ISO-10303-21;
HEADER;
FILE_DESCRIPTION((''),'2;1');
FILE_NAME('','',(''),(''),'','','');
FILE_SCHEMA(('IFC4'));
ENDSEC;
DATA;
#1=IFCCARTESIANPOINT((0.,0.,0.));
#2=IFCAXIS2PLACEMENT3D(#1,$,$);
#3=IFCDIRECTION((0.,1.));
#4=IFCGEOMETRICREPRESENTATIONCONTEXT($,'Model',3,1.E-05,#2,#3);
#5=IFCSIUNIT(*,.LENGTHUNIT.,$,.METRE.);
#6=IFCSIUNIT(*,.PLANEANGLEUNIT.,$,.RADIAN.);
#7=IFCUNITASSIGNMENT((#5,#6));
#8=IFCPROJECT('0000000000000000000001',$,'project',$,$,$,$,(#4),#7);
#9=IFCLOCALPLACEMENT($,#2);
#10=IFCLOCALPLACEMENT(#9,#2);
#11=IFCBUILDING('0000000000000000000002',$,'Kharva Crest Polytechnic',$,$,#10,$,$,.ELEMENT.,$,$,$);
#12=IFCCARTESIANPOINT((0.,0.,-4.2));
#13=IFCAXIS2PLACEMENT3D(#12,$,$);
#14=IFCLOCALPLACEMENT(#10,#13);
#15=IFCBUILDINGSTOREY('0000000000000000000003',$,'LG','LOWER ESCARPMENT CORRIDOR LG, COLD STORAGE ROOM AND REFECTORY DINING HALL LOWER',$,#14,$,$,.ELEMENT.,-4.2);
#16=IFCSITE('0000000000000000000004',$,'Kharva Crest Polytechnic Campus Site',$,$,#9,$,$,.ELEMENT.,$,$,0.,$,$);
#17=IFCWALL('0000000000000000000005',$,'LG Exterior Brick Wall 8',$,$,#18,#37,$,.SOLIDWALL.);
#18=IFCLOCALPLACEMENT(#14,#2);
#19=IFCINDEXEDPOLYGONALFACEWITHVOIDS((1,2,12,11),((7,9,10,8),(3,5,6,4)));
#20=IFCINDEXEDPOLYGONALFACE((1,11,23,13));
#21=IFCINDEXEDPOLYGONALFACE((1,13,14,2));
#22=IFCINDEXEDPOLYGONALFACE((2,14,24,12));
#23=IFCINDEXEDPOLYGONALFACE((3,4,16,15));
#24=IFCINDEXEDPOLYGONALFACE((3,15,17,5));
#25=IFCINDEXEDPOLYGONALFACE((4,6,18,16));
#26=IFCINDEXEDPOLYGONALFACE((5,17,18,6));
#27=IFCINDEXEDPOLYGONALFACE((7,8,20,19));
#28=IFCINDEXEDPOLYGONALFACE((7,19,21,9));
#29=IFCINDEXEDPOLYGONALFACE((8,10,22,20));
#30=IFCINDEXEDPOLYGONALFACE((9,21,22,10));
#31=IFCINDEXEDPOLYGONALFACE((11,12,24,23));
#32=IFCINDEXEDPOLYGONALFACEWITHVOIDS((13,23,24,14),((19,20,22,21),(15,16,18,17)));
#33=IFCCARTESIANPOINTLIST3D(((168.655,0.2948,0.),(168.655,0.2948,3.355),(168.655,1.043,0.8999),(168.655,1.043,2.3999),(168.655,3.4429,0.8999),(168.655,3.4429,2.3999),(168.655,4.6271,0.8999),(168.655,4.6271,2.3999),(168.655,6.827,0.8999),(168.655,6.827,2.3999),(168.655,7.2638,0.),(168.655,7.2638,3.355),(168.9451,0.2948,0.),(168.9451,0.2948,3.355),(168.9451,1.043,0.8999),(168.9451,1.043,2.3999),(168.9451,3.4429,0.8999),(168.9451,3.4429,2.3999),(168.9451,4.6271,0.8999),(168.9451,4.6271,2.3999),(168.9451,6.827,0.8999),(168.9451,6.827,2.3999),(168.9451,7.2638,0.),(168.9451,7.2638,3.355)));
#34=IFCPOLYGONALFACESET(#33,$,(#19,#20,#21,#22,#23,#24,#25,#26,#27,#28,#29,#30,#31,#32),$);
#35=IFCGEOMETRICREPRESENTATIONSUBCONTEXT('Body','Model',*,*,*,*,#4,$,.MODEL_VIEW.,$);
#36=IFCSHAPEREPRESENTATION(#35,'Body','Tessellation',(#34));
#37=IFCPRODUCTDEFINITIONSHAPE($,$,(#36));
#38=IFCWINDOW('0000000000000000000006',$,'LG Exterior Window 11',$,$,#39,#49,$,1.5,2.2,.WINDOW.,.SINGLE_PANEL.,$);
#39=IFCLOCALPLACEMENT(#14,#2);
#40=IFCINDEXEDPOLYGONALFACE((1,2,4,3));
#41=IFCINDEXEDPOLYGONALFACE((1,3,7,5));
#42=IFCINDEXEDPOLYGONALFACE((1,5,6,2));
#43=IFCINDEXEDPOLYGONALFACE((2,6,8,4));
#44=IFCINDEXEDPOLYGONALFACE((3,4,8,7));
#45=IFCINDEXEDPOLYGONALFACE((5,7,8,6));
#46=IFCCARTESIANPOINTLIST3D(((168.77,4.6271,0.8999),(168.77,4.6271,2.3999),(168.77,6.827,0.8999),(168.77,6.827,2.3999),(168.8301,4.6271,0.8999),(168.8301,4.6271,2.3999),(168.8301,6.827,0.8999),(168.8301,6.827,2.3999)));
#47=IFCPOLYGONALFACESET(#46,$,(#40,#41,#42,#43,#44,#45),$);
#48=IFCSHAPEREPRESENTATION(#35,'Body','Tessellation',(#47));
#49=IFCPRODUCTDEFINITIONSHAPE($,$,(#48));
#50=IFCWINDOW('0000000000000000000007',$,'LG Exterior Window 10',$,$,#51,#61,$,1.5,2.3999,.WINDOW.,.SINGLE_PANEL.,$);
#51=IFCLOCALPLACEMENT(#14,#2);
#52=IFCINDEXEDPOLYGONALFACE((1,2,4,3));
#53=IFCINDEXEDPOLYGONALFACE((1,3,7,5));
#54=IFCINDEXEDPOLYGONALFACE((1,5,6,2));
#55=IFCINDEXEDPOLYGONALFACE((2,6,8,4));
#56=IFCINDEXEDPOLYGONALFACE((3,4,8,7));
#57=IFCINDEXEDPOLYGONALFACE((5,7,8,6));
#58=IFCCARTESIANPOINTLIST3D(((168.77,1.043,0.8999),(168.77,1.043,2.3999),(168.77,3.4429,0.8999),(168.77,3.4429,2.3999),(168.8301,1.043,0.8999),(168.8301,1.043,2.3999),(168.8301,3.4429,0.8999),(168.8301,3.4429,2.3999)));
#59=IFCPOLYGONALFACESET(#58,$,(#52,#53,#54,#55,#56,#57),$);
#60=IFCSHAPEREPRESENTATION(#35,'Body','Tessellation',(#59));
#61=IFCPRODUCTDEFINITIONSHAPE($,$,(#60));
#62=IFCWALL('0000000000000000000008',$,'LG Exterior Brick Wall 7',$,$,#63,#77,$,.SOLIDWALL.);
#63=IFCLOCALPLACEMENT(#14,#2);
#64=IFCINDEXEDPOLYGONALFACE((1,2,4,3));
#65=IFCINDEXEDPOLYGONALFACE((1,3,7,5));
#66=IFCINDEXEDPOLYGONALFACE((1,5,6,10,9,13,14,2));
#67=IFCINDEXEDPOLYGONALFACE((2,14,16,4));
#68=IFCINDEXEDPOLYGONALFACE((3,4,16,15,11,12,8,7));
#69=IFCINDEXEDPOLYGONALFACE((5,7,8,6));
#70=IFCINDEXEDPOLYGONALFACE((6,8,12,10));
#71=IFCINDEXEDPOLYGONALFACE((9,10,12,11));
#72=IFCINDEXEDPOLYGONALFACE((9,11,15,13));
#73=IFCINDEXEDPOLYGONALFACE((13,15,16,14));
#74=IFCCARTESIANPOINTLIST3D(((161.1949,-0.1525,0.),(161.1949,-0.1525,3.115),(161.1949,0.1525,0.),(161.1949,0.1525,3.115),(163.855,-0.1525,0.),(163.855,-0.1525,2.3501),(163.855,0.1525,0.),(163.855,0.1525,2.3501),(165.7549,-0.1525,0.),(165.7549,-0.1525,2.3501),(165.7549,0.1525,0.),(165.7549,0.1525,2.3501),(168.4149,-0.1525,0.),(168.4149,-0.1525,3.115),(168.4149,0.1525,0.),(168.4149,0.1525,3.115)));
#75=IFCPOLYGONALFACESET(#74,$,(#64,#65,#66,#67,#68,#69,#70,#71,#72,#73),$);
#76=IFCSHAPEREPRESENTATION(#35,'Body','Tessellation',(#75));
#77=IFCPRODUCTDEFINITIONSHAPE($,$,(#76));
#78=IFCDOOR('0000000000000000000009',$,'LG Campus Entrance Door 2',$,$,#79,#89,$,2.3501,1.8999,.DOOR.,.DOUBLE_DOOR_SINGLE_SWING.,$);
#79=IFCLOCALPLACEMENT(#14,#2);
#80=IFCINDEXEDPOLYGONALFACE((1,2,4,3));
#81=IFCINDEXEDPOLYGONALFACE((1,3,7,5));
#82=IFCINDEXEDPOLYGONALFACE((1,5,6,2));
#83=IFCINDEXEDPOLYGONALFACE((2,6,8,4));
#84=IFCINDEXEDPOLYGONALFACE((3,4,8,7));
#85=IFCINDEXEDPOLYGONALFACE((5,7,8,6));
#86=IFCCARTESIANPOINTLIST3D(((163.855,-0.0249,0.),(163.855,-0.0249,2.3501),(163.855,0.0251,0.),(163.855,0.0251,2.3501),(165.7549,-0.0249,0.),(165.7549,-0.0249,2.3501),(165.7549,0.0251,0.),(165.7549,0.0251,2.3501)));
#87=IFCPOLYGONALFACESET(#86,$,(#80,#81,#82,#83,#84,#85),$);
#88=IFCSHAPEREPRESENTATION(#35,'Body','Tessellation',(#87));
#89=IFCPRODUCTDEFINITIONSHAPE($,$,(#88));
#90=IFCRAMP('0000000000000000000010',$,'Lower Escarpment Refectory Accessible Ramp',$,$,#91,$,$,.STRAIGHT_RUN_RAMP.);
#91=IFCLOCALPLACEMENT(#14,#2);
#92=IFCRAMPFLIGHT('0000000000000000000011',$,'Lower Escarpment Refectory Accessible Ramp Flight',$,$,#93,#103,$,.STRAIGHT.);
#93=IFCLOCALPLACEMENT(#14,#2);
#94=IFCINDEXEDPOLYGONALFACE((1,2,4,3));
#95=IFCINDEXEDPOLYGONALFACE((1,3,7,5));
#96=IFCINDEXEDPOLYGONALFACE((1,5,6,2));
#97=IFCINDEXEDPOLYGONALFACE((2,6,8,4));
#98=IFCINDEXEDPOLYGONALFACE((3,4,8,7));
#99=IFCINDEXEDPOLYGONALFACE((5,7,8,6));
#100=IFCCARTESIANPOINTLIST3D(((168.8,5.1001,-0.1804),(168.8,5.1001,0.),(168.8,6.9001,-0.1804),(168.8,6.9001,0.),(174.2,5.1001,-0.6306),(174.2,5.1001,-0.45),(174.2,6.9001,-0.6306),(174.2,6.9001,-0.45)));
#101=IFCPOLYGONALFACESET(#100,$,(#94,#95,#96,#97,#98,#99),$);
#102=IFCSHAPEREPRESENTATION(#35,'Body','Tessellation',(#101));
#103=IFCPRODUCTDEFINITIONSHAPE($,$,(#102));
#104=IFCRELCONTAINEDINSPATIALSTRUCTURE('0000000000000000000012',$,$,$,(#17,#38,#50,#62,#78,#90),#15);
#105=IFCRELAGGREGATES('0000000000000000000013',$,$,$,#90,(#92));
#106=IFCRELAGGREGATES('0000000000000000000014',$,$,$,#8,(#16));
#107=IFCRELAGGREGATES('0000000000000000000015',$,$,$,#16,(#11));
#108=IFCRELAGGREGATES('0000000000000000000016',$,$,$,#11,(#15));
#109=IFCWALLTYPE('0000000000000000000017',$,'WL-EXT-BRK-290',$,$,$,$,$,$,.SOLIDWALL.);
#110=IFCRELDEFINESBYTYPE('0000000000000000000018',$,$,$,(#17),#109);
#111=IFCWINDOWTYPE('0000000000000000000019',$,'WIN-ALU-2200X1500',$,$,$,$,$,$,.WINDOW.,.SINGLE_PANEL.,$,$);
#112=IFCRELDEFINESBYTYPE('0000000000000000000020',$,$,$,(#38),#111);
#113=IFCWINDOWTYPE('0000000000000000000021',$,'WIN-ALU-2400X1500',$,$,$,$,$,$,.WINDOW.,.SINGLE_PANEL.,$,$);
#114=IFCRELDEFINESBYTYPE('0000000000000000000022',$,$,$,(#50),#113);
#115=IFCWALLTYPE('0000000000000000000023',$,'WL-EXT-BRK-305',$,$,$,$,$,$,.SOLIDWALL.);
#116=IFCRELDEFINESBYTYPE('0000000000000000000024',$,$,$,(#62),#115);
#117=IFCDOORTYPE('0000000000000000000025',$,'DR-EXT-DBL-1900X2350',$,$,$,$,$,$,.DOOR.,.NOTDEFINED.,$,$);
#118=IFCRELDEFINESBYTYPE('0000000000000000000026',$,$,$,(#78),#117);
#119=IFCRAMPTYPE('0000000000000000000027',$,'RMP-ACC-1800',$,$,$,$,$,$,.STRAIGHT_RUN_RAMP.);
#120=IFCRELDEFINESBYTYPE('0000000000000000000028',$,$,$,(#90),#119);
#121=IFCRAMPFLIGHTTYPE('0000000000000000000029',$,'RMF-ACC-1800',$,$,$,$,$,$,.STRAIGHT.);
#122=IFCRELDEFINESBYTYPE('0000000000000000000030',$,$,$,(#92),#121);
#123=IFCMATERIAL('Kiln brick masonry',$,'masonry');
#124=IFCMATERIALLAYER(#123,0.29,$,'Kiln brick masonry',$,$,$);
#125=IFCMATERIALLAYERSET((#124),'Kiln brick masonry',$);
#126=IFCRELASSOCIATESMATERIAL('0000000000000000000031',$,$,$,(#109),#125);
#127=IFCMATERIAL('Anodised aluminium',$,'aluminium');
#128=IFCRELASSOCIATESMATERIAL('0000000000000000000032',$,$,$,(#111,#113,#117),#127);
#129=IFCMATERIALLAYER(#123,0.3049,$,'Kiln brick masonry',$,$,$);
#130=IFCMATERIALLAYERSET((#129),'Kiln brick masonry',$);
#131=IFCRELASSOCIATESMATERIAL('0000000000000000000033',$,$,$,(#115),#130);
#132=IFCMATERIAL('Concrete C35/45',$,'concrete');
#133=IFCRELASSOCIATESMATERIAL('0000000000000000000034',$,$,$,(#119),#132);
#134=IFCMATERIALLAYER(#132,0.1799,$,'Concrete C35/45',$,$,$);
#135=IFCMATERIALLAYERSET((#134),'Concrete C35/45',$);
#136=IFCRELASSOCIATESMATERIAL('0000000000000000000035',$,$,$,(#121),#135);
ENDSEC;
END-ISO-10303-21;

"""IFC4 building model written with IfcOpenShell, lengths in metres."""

from ifc_helpers import new_model, si_unit, direction, frame, frame_2d, origin, place, context, subcontext, project, spatial, polyline, rectangle, outline, extrude, material, layer, layer_set, type_object, element, fill, aggregate, save


model = new_model("IFC4")

# Units and contexts
model_context = context("Model", 3, precision=1e-05, world=origin(), true_north=direction((0.0, 1.0)))
body_context = subcontext(model_context, "Body", "Model", "MODEL_VIEW")
ifc_project = project(units=[si_unit("LENGTHUNIT", "METRE"), si_unit("PLANEANGLEUNIT", "RADIAN")], contexts=[model_context])

# Site, building, storey
site_placement = place(None, origin())
site = spatial("IfcSite", under=ifc_project, at=site_placement, Name="Kharva Crest Polytechnic Campus Site", CompositionType="ELEMENT", RefElevation=0.0)
building_placement = place(site_placement, origin())
building = spatial("IfcBuilding", under=site, at=building_placement, Name="Kharva Crest Polytechnic", CompositionType="ELEMENT")
storey_placement = place(building_placement, frame((0.0, 0.0, -4.2)))
storey = spatial("IfcBuildingStorey", under=building, at=storey_placement, Name="LG", Description="LOWER ESCARPMENT CORRIDOR LG, COLD STORAGE ROOM AND REFECTORY DINING HALL LOWER", CompositionType="ELEMENT", Elevation=-4.2)

# Shared definitions
ifc_material_1 = material(Name="Concrete C35/45", Category="concrete")

# Wall, openings, windows
ifc_material_2 = material(Name="Kiln brick masonry", Category="masonry")
ifc_material_3 = material(Name="Anodised aluminium", Category="aluminium")
ifc_layer_1 = layer(ifc_material_2, 0.29, Name="Kiln brick masonry")
ifc_layer_set_1 = layer_set([ifc_layer_1], Name="Kiln brick masonry")
wall_type_1 = type_object("IfcWallType", Name="WL-EXT-BRK-290", PredefinedType="SOLIDWALL", material=ifc_layer_set_1)
wall_1_placement = place(storey_placement, frame((168.8, 0.2949, 0.0), z_axis=(0.0, 0.0, 1.0), x_axis=(0.0, 1.0, 0.0)))
wall_1 = element("IfcWall", 1, at=wall_1_placement, inside=storey, type_object=wall_type_1, Name="LG Exterior Brick Wall 8", PredefinedType="SOLIDWALL", context=body_context, shape_type="SweptSolid", body=[
    extrude(rectangle(XDim=6.969, YDim=0.29, at=frame_2d((3.4844, 0.0))), origin(), (0.0, 0.0, 1.0), 3.355),
])
opening_1_placement = place(wall_1_placement, frame((0.748, 0.0, 0.8999)))
opening_1 = element("IfcOpeningElement", 2, at=opening_1_placement, cuts=wall_1, PredefinedType="OPENING", context=body_context, shape_type="SweptSolid", body=[
    extrude(rectangle(XDim=2.3999, YDim=1.5, at=frame_2d((1.2, 0.75))), frame((0.0, 0.155, 0.0), z_axis=(0.0, -1.0, 0.0), x_axis=(1.0, 0.0, 0.0)), (0.0, 0.0, 1.0), 0.3101),
])
opening_2_placement = place(wall_1_placement, frame((4.332, 0.0, 0.8999)))
opening_2 = element("IfcOpeningElement", 3, at=opening_2_placement, cuts=wall_1, PredefinedType="OPENING", context=body_context, shape_type="SweptSolid", body=[
    extrude(rectangle(XDim=2.2, YDim=1.5, at=frame_2d((1.1001, 0.75))), frame((0.0, 0.155, 0.0), z_axis=(0.0, -1.0, 0.0), x_axis=(1.0, 0.0, 0.0)), (0.0, 0.0, 1.0), 0.3101),
])
window_type_1 = type_object("IfcWindowType", Name="WIN-ALU-2200X1500", PartitioningType="SINGLE_PANEL", PredefinedType="WINDOW", material=ifc_material_3)
window_1_placement = place(opening_2_placement, origin())
window_1 = element("IfcWindow", 4, at=window_1_placement, inside=storey, type_object=window_type_1, Name="LG Exterior Window 11", OverallHeight=1.5, OverallWidth=2.2, PartitioningType="SINGLE_PANEL", PredefinedType="WINDOW", context=body_context, shape_type="SweptSolid", body=[
    extrude(rectangle(XDim=2.2, YDim=1.5, at=frame_2d((1.1001, 0.75))), frame((0.0, 0.03, 0.0), z_axis=(0.0, -1.0, 0.0), x_axis=(1.0, 0.0, 0.0)), (0.0, 0.0, 1.0), 0.0601),
])
fill(opening_2, window_1)
window_type_2 = type_object("IfcWindowType", Name="WIN-ALU-2400X1500", PartitioningType="SINGLE_PANEL", PredefinedType="WINDOW", material=ifc_material_3)
window_2_placement = place(opening_1_placement, origin())
window_2 = element("IfcWindow", 5, at=window_2_placement, inside=storey, type_object=window_type_2, Name="LG Exterior Window 10", OverallHeight=1.5, OverallWidth=2.3999, PartitioningType="SINGLE_PANEL", PredefinedType="WINDOW", context=body_context, shape_type="SweptSolid", body=[
    extrude(rectangle(XDim=2.3999, YDim=1.5, at=frame_2d((1.2, 0.75))), frame((0.0, 0.03, 0.0), z_axis=(0.0, -1.0, 0.0), x_axis=(1.0, 0.0, 0.0)), (0.0, 0.0, 1.0), 0.0601),
])
fill(opening_1, window_2)

# Wall, opening, door
ifc_layer_2 = layer(ifc_material_2, 0.3049, Name="Kiln brick masonry")
ifc_layer_set_2 = layer_set([ifc_layer_2], Name="Kiln brick masonry")
wall_type_2 = type_object("IfcWallType", Name="WL-EXT-BRK-305", PredefinedType="SOLIDWALL", material=ifc_layer_set_2)
wall_2_placement = place(storey_placement, frame((161.1951, 0.0, 0.0), z_axis=(0.0, 0.0, 1.0), x_axis=(1.0, 0.0, 0.0)))
wall_2 = element("IfcWall", 6, at=wall_2_placement, inside=storey, type_object=wall_type_2, Name="LG Exterior Brick Wall 7", PredefinedType="SOLIDWALL", context=body_context, shape_type="SweptSolid", body=[
    extrude(rectangle(XDim=7.22, YDim=0.3049, at=frame_2d((3.6099, 0.0))), origin(), (0.0, 0.0, 1.0), 3.115),
])
opening_3_placement = place(wall_2_placement, frame((2.6599, 0.0, 0.0)))
opening_3 = element("IfcOpeningElement", 7, at=opening_3_placement, cuts=wall_2, PredefinedType="OPENING", context=body_context, shape_type="SweptSolid", body=[
    extrude(rectangle(XDim=1.8999, YDim=2.3501, at=frame_2d((0.95, 1.175))), frame((0.0, 0.1624, 0.0), z_axis=(0.0, -1.0, 0.0), x_axis=(1.0, 0.0, 0.0)), (0.0, 0.0, 1.0), 0.325),
])
door_type = type_object("IfcDoorType", Name="DR-EXT-DBL-1900X2350", OperationType="NOTDEFINED", PredefinedType="DOOR", material=ifc_material_3)
door_placement = place(opening_3_placement, frame((1.8999, 0.0, 0.0), z_axis=(0.0, 0.0, 1.0), x_axis=(-1.0, 0.0, 0.0)))
door = element("IfcDoor", 8, at=door_placement, inside=storey, type_object=door_type, Name="LG Campus Entrance Door 2", OperationType="DOUBLE_DOOR_SINGLE_SWING", OverallHeight=2.3501, OverallWidth=1.8999, PredefinedType="DOOR", context=body_context, shape_type="SweptSolid", body=[
    extrude(rectangle(XDim=1.8999, YDim=2.3501, at=frame_2d((0.95, 1.175))), frame((0.0, 0.0249, 0.0), z_axis=(0.0, -1.0, 0.0), x_axis=(1.0, 0.0, 0.0)), (0.0, 0.0, 1.0), 0.05),
])
fill(opening_3, door)

# Ramp, ramp flight
ramp_type = type_object("IfcRampType", Name="RMP-ACC-1800", PredefinedType="STRAIGHT_RUN_RAMP", material=ifc_material_1)
ramp_placement = place(storey_placement, origin())
ramp = element("IfcRamp", 9, at=ramp_placement, inside=storey, type_object=ramp_type, Name="Lower Escarpment Refectory Accessible Ramp", PredefinedType="STRAIGHT_RUN_RAMP")
ifc_layer_3 = layer(ifc_material_1, 0.1799, Name="Concrete C35/45")
ifc_layer_set_3 = layer_set([ifc_layer_3], Name="Concrete C35/45")
ramp_flight_type = type_object("IfcRampFlightType", Name="RMF-ACC-1800", PredefinedType="STRAIGHT", material=ifc_layer_set_3)
ramp_flight_placement = place(storey_placement, frame((174.2, 6.0, -0.45), z_axis=(0.0, 0.0, 1.0), x_axis=(-1.0, 0.0, 0.0)))
ramp_flight = element("IfcRampFlight", 10, at=ramp_flight_placement, type_object=ramp_flight_type, Name="Lower Escarpment Refectory Accessible Ramp Flight", PredefinedType="STRAIGHT", context=body_context, shape_type="SweptSolid", body=[
    extrude(outline(polyline([(0.0, 0.0), (5.3999, 0.45), (5.3999, 0.2695), (0.0, -0.1807), (0.0, 0.0)])), frame((0.0, 0.8999, 0.0), z_axis=(0.0, -1.0, 0.0), x_axis=(1.0, 0.0, 0.0)), (0.0, 0.0, 1.0), 1.8),
])
aggregate(ramp, [ramp_flight])

save(model, "model.ifc")
